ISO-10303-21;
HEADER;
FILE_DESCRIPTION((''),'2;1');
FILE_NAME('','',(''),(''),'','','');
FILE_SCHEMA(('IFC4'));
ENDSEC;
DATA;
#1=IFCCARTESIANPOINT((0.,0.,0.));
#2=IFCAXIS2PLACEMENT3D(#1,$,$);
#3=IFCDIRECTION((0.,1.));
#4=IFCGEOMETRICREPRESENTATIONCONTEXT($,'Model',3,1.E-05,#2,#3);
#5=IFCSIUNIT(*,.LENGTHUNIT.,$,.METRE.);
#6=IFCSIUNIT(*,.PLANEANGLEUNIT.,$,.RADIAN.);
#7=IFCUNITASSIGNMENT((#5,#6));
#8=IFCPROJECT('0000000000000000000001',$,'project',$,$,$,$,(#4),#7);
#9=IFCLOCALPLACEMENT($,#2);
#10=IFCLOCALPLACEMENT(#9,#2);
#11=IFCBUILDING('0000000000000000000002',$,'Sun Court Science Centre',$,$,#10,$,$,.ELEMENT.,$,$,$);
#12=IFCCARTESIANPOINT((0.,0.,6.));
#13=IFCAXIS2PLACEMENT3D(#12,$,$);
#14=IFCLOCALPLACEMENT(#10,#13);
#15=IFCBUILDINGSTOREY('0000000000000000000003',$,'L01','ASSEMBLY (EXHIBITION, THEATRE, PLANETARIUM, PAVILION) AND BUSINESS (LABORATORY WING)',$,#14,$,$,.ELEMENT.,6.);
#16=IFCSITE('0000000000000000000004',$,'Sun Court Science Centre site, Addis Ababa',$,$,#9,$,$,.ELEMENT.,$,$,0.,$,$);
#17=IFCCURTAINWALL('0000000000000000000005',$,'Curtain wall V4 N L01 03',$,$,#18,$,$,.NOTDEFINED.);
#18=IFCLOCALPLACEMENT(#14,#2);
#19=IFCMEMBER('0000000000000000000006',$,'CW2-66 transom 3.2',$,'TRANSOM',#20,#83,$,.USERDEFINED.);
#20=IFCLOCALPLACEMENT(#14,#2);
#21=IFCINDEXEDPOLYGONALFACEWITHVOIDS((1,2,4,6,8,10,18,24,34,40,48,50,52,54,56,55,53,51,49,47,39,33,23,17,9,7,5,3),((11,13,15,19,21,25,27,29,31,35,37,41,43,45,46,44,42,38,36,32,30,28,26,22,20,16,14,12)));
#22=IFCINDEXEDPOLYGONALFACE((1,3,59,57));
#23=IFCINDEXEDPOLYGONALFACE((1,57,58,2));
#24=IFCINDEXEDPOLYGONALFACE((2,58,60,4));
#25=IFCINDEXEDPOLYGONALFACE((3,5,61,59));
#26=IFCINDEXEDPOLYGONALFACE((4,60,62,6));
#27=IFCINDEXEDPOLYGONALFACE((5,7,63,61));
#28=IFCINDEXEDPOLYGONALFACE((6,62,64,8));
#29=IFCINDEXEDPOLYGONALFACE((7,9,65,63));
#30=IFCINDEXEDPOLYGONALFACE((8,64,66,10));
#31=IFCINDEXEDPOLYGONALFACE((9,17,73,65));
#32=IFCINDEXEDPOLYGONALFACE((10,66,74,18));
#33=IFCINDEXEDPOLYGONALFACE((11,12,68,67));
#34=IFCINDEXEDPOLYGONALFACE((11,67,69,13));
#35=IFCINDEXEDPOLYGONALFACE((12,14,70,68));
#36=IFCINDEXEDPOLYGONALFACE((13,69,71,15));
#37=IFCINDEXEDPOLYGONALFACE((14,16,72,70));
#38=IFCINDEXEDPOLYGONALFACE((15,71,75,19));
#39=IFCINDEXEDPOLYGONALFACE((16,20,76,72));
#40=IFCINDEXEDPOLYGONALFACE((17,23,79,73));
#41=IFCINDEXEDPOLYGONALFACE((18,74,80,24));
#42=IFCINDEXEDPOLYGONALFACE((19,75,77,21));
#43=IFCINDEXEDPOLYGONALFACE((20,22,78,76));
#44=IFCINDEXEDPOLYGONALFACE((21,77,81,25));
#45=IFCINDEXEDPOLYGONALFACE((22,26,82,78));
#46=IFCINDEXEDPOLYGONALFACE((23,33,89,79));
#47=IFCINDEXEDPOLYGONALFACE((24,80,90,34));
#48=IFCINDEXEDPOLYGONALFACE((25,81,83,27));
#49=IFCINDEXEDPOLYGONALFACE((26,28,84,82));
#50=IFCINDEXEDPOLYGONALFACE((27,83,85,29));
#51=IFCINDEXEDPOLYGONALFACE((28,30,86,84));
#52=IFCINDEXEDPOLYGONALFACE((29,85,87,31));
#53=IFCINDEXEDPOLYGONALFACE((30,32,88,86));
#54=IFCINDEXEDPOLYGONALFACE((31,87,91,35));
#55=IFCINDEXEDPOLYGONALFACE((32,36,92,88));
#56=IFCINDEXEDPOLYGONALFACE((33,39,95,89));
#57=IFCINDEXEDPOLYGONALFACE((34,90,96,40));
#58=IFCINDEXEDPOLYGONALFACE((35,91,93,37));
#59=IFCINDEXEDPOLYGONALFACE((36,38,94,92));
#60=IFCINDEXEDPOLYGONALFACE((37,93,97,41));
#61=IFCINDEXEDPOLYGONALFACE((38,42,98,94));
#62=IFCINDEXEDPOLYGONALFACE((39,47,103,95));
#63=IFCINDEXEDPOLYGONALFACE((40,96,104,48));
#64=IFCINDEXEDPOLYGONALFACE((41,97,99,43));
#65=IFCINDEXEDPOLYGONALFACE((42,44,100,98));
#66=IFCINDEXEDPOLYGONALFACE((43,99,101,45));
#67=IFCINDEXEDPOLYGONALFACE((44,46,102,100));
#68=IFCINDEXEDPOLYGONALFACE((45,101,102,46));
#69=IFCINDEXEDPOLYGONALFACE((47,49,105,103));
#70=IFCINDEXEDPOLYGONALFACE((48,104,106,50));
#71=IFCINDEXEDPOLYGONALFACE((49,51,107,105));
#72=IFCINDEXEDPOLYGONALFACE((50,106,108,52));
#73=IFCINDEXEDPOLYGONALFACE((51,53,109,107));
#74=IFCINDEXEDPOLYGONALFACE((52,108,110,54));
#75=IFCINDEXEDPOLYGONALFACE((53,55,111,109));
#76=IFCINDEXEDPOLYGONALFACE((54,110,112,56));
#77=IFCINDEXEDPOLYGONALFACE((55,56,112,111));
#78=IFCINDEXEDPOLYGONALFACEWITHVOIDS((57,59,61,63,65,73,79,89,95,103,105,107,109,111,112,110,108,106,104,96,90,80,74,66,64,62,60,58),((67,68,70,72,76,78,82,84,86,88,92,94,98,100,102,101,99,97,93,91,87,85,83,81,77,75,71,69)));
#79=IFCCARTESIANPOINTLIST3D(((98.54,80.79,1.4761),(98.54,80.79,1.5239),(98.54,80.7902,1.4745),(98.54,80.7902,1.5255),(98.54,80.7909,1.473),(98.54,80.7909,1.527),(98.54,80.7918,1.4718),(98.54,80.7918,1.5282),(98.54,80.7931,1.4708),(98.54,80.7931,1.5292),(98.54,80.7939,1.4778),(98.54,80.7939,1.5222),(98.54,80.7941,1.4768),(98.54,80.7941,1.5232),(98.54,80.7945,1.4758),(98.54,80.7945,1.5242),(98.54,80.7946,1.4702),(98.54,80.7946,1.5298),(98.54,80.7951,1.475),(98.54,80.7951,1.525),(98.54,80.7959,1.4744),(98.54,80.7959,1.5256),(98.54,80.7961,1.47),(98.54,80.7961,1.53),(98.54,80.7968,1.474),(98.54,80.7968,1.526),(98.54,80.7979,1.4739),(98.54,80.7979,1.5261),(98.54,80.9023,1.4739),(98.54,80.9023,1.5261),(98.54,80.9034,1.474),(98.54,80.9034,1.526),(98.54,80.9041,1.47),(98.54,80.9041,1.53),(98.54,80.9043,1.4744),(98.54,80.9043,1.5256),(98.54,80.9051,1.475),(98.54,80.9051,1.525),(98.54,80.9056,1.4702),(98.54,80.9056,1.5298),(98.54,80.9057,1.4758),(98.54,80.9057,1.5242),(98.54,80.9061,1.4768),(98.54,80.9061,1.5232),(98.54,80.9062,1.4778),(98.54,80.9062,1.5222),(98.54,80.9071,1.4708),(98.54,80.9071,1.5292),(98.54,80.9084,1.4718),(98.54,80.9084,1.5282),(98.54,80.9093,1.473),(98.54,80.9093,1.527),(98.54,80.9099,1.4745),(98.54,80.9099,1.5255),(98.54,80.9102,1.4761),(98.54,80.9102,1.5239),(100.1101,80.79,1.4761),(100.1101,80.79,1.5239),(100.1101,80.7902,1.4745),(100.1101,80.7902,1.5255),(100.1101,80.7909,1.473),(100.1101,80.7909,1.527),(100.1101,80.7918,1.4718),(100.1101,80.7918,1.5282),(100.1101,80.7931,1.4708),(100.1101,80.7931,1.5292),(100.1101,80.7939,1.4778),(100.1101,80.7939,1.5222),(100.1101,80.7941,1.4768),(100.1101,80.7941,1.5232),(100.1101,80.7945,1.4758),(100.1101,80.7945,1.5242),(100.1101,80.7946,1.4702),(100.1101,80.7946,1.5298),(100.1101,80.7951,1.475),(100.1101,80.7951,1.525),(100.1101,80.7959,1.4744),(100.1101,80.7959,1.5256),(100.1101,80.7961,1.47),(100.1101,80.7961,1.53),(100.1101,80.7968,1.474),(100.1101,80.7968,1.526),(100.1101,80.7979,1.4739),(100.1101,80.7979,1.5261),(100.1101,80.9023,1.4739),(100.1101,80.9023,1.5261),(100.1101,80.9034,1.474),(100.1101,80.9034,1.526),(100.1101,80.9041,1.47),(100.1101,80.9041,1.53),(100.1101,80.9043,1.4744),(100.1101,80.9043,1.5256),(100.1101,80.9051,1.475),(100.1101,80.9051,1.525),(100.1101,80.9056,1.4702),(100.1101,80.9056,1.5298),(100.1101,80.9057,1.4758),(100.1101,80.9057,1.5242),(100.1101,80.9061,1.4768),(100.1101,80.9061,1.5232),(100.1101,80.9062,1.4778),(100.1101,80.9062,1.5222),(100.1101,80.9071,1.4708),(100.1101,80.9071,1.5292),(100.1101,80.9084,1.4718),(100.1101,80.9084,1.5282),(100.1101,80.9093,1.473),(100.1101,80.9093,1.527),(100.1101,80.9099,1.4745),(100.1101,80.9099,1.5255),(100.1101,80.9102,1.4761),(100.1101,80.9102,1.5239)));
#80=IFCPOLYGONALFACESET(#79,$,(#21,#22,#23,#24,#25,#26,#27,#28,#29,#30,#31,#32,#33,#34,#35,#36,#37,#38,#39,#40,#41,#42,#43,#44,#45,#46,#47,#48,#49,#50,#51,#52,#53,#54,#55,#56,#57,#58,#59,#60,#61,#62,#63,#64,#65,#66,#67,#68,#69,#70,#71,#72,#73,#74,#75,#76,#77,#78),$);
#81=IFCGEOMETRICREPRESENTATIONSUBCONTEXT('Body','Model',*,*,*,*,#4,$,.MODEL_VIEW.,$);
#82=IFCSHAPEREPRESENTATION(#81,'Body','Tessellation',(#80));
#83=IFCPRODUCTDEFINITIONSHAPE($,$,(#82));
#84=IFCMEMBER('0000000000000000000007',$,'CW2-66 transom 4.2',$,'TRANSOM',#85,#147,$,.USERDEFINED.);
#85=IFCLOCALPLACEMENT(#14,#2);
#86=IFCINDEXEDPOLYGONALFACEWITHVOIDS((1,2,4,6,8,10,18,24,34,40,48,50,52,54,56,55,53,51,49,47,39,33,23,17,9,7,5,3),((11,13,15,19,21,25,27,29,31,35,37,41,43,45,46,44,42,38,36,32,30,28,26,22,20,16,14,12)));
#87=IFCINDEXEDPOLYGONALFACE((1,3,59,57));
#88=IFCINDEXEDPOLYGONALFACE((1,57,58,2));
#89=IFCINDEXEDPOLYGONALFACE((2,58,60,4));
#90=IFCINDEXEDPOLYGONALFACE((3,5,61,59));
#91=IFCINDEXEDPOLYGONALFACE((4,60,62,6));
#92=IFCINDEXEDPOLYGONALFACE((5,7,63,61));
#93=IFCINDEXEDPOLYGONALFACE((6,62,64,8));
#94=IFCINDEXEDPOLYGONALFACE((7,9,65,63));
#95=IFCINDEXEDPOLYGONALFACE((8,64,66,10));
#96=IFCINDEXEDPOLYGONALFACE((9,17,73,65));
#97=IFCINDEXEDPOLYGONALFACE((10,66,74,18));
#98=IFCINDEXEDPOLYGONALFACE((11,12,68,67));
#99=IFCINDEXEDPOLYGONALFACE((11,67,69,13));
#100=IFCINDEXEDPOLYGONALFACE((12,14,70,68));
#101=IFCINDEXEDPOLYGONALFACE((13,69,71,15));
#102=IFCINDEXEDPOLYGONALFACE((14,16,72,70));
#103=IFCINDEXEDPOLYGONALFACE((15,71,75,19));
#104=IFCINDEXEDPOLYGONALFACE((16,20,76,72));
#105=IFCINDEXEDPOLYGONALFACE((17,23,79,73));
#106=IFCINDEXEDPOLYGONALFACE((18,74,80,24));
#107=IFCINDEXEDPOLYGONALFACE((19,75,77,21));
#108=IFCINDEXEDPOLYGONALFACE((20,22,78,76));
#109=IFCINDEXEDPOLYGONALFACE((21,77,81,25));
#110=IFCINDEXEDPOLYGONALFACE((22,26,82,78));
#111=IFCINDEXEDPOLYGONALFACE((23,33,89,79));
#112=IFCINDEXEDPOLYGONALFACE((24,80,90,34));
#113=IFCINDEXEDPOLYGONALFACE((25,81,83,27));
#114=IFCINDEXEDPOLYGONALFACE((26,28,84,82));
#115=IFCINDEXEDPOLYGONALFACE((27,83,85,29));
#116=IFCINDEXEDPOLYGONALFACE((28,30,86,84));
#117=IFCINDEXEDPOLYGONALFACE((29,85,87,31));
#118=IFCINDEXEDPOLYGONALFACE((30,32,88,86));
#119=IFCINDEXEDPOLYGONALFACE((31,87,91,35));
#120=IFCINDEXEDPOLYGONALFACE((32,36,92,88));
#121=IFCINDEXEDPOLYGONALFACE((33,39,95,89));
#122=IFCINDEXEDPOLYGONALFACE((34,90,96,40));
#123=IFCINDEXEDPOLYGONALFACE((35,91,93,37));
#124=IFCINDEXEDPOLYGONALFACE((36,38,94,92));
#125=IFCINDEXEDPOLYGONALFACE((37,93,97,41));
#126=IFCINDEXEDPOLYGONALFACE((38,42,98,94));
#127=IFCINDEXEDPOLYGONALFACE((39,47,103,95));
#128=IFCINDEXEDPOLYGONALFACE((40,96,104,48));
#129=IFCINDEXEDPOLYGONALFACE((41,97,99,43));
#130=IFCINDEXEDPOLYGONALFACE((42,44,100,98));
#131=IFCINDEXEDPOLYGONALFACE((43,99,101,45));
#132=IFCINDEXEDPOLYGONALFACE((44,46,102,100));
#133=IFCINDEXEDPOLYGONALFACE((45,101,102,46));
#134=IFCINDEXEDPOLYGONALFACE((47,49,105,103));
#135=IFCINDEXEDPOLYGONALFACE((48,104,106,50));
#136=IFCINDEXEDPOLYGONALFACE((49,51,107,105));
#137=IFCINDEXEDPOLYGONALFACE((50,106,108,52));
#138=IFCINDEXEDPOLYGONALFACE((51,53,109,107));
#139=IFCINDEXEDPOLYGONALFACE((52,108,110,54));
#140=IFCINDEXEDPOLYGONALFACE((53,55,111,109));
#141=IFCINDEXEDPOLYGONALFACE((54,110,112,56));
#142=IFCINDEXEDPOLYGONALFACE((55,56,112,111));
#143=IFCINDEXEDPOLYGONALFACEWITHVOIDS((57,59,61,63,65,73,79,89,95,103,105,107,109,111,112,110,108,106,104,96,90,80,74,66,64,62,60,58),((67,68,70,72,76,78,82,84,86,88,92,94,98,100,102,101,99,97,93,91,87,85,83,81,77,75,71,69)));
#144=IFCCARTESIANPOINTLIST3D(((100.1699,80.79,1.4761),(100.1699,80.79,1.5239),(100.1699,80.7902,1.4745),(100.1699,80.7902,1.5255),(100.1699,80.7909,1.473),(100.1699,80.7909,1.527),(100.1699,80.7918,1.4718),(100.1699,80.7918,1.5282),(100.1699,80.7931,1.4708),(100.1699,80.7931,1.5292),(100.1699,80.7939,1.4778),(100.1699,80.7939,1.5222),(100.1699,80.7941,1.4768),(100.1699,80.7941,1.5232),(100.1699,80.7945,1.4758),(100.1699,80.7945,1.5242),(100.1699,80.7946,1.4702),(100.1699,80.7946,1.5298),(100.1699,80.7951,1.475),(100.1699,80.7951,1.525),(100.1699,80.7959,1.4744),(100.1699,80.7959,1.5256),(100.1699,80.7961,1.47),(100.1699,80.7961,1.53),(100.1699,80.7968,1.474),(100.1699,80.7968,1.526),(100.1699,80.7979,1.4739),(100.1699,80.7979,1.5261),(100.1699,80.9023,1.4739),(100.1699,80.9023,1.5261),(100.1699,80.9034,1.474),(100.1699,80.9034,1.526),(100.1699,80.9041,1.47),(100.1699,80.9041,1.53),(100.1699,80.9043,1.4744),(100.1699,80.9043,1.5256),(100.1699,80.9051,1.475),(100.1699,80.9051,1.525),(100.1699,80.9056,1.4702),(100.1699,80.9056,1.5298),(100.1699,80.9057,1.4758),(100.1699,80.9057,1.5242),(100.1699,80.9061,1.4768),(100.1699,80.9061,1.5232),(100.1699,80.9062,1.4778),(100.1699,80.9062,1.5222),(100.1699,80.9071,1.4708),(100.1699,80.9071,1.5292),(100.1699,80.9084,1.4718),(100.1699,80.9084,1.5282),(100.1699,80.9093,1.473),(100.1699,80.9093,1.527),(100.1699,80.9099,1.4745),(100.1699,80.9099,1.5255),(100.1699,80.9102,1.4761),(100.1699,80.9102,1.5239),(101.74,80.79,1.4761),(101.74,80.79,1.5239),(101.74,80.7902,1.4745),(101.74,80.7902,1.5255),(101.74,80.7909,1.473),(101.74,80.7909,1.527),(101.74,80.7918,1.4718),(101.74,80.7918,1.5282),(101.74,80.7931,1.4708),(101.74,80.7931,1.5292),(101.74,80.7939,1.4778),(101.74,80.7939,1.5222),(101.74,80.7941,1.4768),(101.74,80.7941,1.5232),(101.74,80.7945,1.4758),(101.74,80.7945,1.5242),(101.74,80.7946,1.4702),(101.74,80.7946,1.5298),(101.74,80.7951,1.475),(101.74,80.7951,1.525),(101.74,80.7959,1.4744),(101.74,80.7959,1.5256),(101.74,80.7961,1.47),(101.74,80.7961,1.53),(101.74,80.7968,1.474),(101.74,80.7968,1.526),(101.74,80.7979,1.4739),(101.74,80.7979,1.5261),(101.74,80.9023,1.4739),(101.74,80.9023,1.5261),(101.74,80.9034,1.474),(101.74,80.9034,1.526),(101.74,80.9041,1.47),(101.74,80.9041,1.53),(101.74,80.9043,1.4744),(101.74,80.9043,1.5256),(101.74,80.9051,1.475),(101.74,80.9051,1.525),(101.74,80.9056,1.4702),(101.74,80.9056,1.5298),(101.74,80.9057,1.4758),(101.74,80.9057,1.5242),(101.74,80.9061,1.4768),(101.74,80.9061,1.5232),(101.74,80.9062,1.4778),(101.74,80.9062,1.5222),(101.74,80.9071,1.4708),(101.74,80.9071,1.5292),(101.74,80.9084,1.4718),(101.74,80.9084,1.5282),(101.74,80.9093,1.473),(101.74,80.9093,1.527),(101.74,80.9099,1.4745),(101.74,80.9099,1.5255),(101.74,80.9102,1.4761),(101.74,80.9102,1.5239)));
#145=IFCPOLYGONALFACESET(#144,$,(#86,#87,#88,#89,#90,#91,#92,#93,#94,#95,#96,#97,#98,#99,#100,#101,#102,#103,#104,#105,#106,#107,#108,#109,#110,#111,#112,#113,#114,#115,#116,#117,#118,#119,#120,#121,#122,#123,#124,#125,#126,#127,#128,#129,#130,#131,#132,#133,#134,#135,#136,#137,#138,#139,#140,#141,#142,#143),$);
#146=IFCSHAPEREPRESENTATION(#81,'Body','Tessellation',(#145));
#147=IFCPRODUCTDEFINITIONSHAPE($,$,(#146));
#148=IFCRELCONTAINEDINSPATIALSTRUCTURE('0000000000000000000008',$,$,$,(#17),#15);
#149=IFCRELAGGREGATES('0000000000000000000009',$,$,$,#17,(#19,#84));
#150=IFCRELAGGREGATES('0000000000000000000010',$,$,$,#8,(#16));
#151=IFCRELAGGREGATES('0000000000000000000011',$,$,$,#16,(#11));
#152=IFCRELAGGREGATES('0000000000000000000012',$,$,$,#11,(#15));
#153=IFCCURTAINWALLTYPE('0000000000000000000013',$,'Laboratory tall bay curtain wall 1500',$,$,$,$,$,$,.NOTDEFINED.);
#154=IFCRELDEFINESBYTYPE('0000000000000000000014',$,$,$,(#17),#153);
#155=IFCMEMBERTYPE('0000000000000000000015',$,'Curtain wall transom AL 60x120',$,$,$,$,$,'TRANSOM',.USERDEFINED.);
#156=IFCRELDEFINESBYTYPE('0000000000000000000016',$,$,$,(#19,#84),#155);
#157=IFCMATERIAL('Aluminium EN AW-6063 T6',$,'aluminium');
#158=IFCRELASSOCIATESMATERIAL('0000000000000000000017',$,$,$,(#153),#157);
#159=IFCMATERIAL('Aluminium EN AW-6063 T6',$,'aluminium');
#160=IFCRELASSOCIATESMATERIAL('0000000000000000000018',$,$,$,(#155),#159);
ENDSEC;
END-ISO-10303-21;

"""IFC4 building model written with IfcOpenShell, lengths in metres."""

from ifc_helpers import new_model, si_unit, direction, frame, origin, origin_2d, place, context, subcontext, project, spatial, hollow_rectangle, extrude, material, material_profile, profile_set, type_object, element, aggregate, save


model = new_model("IFC4")

# Units and contexts
model_context = context("Model", 3, precision=1e-05, world=origin(), true_north=direction((0.0, 1.0)))
body_context = subcontext(model_context, "Body", "Model", "MODEL_VIEW")
ifc_project = project(units=[si_unit("LENGTHUNIT", "METRE"), si_unit("PLANEANGLEUNIT", "RADIAN")], contexts=[model_context])

# Site, building, storey
site_placement = place(None, origin())
site = spatial("IfcSite", under=ifc_project, at=site_placement, Name="Sun Court Science Centre site, Addis Ababa", CompositionType="ELEMENT", RefElevation=0.0)
building_placement = place(site_placement, origin())
building = spatial("IfcBuilding", under=site, at=building_placement, Name="Sun Court Science Centre", CompositionType="ELEMENT")
storey_placement = place(building_placement, frame((0.0, 0.0, 6.0)))
storey = spatial("IfcBuildingStorey", under=building, at=storey_placement, Name="L01", Description="ASSEMBLY (EXHIBITION, THEATRE, PLANETARIUM, PAVILION) AND BUSINESS (LABORATORY WING)", CompositionType="ELEMENT", Elevation=6.0)

# Curtain wall, members
ifc_material_1 = material(Name="Aluminium EN AW-6063 T6", Category="aluminium")
curtain_wall_type = type_object("IfcCurtainWallType", Name="Laboratory tall bay curtain wall 1500", PredefinedType="NOTDEFINED", material=ifc_material_1)
curtain_wall_placement = place(storey_placement, origin())
curtain_wall = element("IfcCurtainWall", 1, at=curtain_wall_placement, inside=storey, type_object=curtain_wall_type, Name="Curtain wall V4 N L01 03", PredefinedType="NOTDEFINED")
ifc_material_2 = material(Name="Aluminium EN AW-6063 T6", Category="aluminium")
ifc_material_profile_1 = material_profile(ifc_material_2, hollow_rectangle(XDim=0.0601, YDim=0.1201, WallThickness=0.0039, InnerFilletRadius=0.0039, OuterFilletRadius=0.0061, at=origin_2d()), Name="AL 60x120x4")
ifc_profile_set_1 = profile_set([ifc_material_profile_1], Name="Aluminium EN AW-6063 T6")
member_type_1 = type_object("IfcMemberType", Name="Curtain wall transom AL 60x120", ElementType="TRANSOM", PredefinedType="USERDEFINED", material=ifc_profile_set_1)
member_1_placement = place(storey_placement, frame((98.54, 80.8501, 1.5), z_axis=(1.0, 0.0, 0.0), x_axis=(0.0, 0.0, 1.0)))
member_1 = element("IfcMember", 2, at=member_1_placement, type_object=member_type_1, Name="CW2-66 transom 3.2", ObjectType="TRANSOM", PredefinedType="USERDEFINED", context=body_context, shape_type="SweptSolid", body=[
    extrude(hollow_rectangle(XDim=0.0601, YDim=0.1201, WallThickness=0.0039, InnerFilletRadius=0.0039, OuterFilletRadius=0.0061, at=origin_2d()), origin(), (0.0, 0.0, 1.0), 1.5701),
])
member_2_placement = place(storey_placement, frame((100.1699, 80.8501, 1.5), z_axis=(1.0, 0.0, 0.0), x_axis=(0.0, 0.0, 1.0)))
member_2 = element("IfcMember", 3, at=member_2_placement, type_object=member_type_1, Name="CW2-66 transom 4.2", ObjectType="TRANSOM", PredefinedType="USERDEFINED", context=body_context, shape_type="SweptSolid", body=[
    extrude(hollow_rectangle(XDim=0.0601, YDim=0.1201, WallThickness=0.0039, InnerFilletRadius=0.0039, OuterFilletRadius=0.0061, at=origin_2d()), origin(), (0.0, 0.0, 1.0), 1.5701),
])
aggregate(curtain_wall, [member_1, member_2])

save(model, "model.ifc")
